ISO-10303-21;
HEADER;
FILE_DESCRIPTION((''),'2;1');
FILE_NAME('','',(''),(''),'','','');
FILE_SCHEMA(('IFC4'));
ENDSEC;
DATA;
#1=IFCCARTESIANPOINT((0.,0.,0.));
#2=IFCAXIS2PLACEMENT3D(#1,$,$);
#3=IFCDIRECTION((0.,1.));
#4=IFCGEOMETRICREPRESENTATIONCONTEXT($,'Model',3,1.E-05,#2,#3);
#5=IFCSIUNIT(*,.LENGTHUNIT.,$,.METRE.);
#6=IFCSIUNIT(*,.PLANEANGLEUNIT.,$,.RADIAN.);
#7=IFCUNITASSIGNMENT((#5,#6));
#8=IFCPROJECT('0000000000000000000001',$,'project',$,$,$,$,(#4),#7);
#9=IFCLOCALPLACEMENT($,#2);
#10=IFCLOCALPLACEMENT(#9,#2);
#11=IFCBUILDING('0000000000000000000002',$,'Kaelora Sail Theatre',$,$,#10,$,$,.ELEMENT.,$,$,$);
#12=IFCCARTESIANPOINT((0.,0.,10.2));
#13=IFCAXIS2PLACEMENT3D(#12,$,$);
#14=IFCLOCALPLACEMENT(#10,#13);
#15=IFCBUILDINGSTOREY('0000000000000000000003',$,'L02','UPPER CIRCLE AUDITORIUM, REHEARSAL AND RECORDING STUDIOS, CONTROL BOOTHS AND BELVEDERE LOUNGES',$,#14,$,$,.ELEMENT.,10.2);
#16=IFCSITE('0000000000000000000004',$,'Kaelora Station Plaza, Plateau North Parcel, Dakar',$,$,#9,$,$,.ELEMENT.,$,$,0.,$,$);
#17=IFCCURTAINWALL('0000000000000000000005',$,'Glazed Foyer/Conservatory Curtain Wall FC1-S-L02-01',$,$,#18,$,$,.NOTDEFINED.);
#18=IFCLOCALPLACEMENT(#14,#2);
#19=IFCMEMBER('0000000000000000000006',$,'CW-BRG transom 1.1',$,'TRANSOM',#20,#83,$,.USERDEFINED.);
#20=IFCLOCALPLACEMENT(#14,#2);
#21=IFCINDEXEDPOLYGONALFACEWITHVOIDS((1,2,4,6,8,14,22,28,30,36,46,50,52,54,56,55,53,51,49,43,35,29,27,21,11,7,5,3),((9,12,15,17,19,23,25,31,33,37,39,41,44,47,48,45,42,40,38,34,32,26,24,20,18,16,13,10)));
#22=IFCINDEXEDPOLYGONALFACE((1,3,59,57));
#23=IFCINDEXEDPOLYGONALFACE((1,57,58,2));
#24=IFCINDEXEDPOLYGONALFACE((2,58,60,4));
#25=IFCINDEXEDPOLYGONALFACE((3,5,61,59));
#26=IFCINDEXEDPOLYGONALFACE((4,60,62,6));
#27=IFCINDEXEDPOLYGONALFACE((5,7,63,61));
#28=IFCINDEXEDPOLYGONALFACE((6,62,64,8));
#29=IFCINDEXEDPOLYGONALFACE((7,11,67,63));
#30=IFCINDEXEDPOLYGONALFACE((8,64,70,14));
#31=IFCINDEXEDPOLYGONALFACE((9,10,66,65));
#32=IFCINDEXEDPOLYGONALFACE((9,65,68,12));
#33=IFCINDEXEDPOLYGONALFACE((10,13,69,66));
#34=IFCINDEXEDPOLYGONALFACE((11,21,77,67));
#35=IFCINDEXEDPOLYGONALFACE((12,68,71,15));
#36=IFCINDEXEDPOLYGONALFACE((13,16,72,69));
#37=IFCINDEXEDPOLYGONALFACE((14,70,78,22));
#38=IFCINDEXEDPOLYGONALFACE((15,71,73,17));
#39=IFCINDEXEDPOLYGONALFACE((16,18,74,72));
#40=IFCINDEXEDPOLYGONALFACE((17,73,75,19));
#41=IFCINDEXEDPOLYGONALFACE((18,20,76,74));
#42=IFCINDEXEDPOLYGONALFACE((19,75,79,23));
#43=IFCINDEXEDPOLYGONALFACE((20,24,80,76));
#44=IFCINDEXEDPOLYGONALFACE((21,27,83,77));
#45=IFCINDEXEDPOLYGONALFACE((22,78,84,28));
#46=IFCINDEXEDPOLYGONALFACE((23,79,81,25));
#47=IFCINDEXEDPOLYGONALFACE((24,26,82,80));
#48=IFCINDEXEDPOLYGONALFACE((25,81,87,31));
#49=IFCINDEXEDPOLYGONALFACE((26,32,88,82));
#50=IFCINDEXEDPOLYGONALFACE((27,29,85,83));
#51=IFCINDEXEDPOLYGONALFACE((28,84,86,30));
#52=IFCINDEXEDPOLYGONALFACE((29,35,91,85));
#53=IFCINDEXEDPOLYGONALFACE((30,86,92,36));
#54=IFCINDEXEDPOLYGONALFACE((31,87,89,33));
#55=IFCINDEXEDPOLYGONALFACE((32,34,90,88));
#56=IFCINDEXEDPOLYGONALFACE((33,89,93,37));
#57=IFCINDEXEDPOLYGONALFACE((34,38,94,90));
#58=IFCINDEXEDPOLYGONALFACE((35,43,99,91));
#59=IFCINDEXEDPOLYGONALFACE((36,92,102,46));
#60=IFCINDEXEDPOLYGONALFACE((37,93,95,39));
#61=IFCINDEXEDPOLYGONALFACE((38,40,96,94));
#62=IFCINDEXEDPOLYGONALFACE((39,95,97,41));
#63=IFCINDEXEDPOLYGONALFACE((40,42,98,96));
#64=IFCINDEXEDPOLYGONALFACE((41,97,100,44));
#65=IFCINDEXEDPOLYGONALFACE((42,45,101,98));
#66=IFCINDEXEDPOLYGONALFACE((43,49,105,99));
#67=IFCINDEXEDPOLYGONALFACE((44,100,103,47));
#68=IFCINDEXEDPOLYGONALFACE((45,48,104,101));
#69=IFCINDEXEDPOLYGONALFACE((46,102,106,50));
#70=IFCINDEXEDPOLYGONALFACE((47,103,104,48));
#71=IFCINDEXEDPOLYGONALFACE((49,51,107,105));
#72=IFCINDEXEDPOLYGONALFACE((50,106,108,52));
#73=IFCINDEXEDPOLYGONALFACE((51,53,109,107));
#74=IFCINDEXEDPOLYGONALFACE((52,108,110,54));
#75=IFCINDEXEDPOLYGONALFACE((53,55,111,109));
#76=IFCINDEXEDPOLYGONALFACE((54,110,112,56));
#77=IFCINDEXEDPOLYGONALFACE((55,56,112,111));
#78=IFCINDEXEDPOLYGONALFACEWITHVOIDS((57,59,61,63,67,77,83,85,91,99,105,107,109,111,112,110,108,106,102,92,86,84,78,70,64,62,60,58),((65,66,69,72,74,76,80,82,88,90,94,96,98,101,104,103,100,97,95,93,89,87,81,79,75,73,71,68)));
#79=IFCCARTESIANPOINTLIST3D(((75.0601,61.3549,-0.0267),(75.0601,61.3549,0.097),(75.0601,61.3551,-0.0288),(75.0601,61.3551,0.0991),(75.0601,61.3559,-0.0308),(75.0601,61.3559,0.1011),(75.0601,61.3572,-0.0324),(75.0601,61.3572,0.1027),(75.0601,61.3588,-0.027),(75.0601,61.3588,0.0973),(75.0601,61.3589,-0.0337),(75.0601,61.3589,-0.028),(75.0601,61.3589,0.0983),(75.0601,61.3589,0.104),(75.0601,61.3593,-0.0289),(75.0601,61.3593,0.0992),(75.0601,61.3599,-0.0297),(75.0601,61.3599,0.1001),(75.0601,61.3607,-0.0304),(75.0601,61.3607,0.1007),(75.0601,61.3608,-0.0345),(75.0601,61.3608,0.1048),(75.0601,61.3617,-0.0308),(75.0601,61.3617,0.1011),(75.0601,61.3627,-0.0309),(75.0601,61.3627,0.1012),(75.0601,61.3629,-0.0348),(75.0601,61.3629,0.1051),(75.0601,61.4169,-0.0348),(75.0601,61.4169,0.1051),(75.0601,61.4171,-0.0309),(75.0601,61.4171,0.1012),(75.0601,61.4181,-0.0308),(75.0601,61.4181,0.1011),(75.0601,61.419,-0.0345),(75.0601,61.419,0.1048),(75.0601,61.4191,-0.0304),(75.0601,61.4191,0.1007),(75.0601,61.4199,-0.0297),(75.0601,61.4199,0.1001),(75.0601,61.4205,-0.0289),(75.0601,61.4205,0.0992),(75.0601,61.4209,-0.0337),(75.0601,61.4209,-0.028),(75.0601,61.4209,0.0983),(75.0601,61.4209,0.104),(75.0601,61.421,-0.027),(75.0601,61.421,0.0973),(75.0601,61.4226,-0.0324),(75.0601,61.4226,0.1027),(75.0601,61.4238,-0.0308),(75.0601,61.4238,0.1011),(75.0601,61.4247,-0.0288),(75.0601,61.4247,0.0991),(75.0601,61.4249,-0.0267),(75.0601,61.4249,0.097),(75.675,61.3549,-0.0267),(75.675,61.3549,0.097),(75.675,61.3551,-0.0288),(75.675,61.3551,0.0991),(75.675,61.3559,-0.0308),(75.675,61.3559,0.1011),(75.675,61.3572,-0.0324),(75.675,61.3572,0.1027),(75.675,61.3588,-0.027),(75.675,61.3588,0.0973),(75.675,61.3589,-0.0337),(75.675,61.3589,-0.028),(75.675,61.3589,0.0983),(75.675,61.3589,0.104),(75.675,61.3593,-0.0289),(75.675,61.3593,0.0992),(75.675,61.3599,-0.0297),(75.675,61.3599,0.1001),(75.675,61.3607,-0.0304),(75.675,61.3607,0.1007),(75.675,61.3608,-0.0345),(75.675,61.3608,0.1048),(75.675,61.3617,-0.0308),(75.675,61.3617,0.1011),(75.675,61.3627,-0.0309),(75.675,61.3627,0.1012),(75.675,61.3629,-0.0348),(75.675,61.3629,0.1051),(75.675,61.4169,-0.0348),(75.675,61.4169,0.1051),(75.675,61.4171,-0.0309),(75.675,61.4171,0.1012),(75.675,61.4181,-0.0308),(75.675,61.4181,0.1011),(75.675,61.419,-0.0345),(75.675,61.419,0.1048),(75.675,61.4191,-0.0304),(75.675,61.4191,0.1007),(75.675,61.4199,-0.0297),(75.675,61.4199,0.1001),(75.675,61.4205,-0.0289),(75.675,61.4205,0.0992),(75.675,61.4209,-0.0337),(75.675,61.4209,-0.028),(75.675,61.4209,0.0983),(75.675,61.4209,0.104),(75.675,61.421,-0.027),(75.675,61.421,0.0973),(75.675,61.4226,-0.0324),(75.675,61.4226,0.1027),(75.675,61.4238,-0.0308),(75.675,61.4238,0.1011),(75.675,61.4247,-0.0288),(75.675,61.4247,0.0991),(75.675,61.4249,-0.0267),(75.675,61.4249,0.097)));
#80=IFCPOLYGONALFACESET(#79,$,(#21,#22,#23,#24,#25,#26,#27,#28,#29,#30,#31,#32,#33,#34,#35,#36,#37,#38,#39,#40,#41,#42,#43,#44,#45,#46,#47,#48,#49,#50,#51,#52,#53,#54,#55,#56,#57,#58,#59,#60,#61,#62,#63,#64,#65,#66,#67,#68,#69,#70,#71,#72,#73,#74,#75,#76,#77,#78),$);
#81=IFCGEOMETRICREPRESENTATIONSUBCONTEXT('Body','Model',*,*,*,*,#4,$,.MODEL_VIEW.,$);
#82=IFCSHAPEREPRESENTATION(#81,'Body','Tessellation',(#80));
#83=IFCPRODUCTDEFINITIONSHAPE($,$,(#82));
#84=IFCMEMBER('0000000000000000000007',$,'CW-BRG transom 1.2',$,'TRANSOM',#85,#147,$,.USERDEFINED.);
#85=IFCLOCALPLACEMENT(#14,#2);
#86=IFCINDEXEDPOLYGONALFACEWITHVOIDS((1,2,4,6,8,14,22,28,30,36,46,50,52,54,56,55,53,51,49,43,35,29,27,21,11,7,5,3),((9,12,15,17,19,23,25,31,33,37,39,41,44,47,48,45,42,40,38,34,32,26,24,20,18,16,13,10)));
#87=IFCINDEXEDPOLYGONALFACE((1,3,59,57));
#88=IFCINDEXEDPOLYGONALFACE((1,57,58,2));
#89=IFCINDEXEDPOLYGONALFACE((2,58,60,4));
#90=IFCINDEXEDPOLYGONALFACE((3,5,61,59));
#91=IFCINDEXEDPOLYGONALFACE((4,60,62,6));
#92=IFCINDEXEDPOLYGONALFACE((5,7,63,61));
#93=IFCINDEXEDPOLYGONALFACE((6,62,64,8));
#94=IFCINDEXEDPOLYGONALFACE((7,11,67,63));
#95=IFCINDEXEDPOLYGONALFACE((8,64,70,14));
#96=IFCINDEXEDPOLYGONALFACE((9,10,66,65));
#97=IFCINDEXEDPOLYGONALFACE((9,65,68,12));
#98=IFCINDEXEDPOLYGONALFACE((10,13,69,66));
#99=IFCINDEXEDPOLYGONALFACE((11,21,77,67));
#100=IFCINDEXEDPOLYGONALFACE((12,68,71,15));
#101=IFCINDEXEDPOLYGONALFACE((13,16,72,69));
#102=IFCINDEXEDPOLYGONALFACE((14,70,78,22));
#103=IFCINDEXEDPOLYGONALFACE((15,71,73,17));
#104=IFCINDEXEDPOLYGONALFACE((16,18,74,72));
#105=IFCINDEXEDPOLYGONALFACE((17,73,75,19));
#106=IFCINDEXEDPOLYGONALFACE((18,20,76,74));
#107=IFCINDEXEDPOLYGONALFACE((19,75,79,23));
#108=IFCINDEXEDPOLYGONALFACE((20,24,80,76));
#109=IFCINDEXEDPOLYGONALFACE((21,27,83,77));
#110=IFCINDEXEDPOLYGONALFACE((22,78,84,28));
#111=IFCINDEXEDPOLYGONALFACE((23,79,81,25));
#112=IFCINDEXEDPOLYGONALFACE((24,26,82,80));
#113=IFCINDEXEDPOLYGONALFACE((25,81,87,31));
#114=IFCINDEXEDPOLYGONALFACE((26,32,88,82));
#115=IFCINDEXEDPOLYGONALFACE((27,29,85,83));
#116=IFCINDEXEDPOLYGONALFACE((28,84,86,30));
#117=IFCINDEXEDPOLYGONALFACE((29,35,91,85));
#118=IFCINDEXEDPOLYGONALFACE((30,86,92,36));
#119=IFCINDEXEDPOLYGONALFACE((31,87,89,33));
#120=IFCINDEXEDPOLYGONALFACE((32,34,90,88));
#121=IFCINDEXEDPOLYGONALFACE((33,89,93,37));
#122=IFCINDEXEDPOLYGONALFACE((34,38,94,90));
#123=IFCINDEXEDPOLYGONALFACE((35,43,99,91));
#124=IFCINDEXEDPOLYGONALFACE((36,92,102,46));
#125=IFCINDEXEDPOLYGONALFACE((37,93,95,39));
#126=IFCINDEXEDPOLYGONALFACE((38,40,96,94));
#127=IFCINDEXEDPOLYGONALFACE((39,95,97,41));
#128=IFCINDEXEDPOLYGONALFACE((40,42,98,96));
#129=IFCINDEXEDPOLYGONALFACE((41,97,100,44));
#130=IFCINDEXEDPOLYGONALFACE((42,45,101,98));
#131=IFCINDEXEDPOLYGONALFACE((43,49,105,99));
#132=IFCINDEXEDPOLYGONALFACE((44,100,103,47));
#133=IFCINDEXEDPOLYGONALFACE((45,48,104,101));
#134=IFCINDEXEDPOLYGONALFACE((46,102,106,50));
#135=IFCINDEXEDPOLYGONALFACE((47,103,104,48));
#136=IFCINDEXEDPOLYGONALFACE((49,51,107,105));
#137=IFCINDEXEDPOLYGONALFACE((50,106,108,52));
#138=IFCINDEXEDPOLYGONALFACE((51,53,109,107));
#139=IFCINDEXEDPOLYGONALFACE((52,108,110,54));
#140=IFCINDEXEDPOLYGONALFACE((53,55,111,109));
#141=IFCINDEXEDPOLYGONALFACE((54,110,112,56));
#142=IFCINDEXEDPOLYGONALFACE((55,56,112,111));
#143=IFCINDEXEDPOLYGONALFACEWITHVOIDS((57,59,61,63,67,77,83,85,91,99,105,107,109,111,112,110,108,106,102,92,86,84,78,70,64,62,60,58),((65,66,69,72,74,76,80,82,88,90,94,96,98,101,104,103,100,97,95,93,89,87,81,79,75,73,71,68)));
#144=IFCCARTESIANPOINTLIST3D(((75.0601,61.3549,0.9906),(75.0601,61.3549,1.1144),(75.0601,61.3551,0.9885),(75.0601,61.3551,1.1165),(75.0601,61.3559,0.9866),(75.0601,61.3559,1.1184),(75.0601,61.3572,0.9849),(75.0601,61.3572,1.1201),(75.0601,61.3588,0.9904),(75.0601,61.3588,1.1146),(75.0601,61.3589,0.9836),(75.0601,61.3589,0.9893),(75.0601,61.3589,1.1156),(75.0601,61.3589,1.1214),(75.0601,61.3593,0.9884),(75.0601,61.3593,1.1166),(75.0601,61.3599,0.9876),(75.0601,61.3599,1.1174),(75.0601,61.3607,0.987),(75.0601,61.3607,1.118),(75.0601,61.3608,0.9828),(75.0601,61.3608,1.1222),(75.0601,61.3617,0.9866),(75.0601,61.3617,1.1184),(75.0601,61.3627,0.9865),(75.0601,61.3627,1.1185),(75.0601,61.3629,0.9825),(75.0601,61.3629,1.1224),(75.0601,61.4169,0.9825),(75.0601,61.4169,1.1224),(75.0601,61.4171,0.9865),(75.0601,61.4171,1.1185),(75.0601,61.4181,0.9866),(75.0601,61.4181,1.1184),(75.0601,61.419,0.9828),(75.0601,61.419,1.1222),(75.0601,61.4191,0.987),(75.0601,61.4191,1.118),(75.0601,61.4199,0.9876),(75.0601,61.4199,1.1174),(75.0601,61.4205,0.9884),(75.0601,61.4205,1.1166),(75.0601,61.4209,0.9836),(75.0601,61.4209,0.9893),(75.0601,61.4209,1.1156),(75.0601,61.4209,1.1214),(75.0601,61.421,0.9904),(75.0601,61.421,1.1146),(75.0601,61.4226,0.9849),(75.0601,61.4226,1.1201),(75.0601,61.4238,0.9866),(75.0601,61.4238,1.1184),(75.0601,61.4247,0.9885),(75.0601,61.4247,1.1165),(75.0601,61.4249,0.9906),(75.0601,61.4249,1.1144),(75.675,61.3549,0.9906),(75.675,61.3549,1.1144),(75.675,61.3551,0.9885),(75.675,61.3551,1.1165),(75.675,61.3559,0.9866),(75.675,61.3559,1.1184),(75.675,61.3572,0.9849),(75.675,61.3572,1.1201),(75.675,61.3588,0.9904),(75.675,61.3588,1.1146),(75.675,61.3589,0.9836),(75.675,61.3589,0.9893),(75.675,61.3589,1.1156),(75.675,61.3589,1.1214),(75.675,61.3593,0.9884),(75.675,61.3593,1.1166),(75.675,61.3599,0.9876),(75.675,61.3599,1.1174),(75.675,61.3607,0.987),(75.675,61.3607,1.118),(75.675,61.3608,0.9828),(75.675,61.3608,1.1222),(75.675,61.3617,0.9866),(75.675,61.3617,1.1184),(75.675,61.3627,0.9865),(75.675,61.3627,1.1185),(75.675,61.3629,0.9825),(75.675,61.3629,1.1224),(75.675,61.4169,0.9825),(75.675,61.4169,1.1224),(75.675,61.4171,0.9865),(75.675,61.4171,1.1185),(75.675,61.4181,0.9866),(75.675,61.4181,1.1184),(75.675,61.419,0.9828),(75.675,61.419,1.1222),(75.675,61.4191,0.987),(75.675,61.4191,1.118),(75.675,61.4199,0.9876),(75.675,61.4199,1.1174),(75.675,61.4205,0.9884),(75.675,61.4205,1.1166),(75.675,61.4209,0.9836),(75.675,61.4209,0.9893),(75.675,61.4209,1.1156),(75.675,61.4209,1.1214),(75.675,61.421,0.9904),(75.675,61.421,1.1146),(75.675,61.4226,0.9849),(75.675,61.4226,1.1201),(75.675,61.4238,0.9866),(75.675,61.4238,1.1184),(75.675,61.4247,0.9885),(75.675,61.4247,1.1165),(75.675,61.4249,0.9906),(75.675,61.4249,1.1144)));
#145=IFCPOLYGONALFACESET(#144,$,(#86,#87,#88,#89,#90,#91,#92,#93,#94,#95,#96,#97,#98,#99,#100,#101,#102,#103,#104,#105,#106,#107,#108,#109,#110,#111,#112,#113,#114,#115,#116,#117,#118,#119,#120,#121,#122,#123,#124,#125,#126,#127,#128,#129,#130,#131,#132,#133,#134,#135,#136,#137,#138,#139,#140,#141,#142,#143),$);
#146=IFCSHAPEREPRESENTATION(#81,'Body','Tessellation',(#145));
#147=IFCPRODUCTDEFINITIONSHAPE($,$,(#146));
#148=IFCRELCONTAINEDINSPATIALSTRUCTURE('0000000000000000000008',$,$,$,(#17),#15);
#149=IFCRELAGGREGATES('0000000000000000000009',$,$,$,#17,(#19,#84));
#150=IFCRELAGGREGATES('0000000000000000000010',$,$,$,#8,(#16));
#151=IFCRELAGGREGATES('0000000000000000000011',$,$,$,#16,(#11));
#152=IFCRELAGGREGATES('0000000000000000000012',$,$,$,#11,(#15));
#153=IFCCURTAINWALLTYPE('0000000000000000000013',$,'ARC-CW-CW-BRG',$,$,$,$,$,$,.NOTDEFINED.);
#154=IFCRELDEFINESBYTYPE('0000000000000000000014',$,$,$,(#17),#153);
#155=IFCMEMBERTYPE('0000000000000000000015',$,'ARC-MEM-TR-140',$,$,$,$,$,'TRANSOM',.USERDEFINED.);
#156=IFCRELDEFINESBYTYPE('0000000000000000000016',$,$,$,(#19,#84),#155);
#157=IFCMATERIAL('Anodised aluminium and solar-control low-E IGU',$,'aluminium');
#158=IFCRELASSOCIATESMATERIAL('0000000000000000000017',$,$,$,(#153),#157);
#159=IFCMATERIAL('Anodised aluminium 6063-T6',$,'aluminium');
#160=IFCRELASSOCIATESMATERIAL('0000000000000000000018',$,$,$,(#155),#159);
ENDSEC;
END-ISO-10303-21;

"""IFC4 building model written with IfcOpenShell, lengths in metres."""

from ifc_helpers import new_model, si_unit, direction, frame, origin, origin_2d, place, context, subcontext, project, spatial, hollow_rectangle, extrude, material, material_profile, profile_set, type_object, element, aggregate, save


model = new_model("IFC4")

# Units and contexts
model_context = context("Model", 3, precision=1e-05, world=origin(), true_north=direction((0.0, 1.0)))
body_context = subcontext(model_context, "Body", "Model", "MODEL_VIEW")
ifc_project = project(units=[si_unit("LENGTHUNIT", "METRE"), si_unit("PLANEANGLEUNIT", "RADIAN")], contexts=[model_context])

# Site, building, storey
site_placement = place(None, origin())
site = spatial("IfcSite", under=ifc_project, at=site_placement, Name="Kaelora Station Plaza, Plateau North Parcel, Dakar", CompositionType="ELEMENT", RefElevation=0.0)
building_placement = place(site_placement, origin())
building = spatial("IfcBuilding", under=site, at=building_placement, Name="Kaelora Sail Theatre", CompositionType="ELEMENT")
storey_placement = place(building_placement, frame((0.0, 0.0, 10.2)))
storey = spatial("IfcBuildingStorey", under=building, at=storey_placement, Name="L02", Description="UPPER CIRCLE AUDITORIUM, REHEARSAL AND RECORDING STUDIOS, CONTROL BOOTHS AND BELVEDERE LOUNGES", CompositionType="ELEMENT", Elevation=10.2)

# Curtain wall
ifc_material_1 = material(Name="Anodised aluminium and solar-control low-E IGU", Category="aluminium")
curtain_wall_type = type_object("IfcCurtainWallType", Name="ARC-CW-CW-BRG", PredefinedType="NOTDEFINED", material=ifc_material_1)
curtain_wall_1_placement = place(storey_placement, origin())
curtain_wall_1 = element("IfcCurtainWall", 1, at=curtain_wall_1_placement, inside=storey, type_object=curtain_wall_type, Name="Glazed Foyer/Conservatory Curtain Wall FC1-S-L02-01", PredefinedType="NOTDEFINED")

# Members
ifc_material_2 = material(Name="Anodised aluminium 6063-T6", Category="aluminium")
ifc_material_profile_1 = material_profile(ifc_material_2, hollow_rectangle(XDim=0.0701, YDim=0.1399, WallThickness=0.0039, InnerFilletRadius=0.0039, OuterFilletRadius=0.0081, at=origin_2d()), Name="ALU-TRAN 70x140x4")
ifc_profile_set_1 = profile_set([ifc_material_profile_1], Name="Anodised aluminium 6063-T6")
member_type_1 = type_object("IfcMemberType", Name="ARC-MEM-TR-140", ElementType="TRANSOM", PredefinedType="USERDEFINED", material=ifc_profile_set_1)
member_1_placement = place(storey_placement, frame((75.0601, 61.3899, 0.0352), z_axis=(1.0, 0.0, 0.0), x_axis=(0.0, 1.0, 0.0)))
member_1 = element("IfcMember", 2, at=member_1_placement, type_object=member_type_1, Name="CW-BRG transom 1.1", ObjectType="TRANSOM", PredefinedType="USERDEFINED", context=body_context, shape_type="SweptSolid", body=[
    extrude(hollow_rectangle(XDim=0.0701, YDim=0.1399, WallThickness=0.0039, InnerFilletRadius=0.0039, OuterFilletRadius=0.0081, at=origin_2d()), origin(), (0.0, 0.0, 1.0), 0.615),
])
member_2_placement = place(storey_placement, frame((75.0601, 61.3899, 1.0525), z_axis=(1.0, 0.0, 0.0), x_axis=(0.0, 1.0, 0.0)))
member_2 = element("IfcMember", 3, at=member_2_placement, type_object=member_type_1, Name="CW-BRG transom 1.2", ObjectType="TRANSOM", PredefinedType="USERDEFINED", context=body_context, shape_type="SweptSolid", body=[
    extrude(hollow_rectangle(XDim=0.0701, YDim=0.1399, WallThickness=0.0039, InnerFilletRadius=0.0039, OuterFilletRadius=0.0081, at=origin_2d()), origin(), (0.0, 0.0, 1.0), 0.615),
])

aggregate(curtain_wall_1, [member_1, member_2])

save(model, "model.ifc")
